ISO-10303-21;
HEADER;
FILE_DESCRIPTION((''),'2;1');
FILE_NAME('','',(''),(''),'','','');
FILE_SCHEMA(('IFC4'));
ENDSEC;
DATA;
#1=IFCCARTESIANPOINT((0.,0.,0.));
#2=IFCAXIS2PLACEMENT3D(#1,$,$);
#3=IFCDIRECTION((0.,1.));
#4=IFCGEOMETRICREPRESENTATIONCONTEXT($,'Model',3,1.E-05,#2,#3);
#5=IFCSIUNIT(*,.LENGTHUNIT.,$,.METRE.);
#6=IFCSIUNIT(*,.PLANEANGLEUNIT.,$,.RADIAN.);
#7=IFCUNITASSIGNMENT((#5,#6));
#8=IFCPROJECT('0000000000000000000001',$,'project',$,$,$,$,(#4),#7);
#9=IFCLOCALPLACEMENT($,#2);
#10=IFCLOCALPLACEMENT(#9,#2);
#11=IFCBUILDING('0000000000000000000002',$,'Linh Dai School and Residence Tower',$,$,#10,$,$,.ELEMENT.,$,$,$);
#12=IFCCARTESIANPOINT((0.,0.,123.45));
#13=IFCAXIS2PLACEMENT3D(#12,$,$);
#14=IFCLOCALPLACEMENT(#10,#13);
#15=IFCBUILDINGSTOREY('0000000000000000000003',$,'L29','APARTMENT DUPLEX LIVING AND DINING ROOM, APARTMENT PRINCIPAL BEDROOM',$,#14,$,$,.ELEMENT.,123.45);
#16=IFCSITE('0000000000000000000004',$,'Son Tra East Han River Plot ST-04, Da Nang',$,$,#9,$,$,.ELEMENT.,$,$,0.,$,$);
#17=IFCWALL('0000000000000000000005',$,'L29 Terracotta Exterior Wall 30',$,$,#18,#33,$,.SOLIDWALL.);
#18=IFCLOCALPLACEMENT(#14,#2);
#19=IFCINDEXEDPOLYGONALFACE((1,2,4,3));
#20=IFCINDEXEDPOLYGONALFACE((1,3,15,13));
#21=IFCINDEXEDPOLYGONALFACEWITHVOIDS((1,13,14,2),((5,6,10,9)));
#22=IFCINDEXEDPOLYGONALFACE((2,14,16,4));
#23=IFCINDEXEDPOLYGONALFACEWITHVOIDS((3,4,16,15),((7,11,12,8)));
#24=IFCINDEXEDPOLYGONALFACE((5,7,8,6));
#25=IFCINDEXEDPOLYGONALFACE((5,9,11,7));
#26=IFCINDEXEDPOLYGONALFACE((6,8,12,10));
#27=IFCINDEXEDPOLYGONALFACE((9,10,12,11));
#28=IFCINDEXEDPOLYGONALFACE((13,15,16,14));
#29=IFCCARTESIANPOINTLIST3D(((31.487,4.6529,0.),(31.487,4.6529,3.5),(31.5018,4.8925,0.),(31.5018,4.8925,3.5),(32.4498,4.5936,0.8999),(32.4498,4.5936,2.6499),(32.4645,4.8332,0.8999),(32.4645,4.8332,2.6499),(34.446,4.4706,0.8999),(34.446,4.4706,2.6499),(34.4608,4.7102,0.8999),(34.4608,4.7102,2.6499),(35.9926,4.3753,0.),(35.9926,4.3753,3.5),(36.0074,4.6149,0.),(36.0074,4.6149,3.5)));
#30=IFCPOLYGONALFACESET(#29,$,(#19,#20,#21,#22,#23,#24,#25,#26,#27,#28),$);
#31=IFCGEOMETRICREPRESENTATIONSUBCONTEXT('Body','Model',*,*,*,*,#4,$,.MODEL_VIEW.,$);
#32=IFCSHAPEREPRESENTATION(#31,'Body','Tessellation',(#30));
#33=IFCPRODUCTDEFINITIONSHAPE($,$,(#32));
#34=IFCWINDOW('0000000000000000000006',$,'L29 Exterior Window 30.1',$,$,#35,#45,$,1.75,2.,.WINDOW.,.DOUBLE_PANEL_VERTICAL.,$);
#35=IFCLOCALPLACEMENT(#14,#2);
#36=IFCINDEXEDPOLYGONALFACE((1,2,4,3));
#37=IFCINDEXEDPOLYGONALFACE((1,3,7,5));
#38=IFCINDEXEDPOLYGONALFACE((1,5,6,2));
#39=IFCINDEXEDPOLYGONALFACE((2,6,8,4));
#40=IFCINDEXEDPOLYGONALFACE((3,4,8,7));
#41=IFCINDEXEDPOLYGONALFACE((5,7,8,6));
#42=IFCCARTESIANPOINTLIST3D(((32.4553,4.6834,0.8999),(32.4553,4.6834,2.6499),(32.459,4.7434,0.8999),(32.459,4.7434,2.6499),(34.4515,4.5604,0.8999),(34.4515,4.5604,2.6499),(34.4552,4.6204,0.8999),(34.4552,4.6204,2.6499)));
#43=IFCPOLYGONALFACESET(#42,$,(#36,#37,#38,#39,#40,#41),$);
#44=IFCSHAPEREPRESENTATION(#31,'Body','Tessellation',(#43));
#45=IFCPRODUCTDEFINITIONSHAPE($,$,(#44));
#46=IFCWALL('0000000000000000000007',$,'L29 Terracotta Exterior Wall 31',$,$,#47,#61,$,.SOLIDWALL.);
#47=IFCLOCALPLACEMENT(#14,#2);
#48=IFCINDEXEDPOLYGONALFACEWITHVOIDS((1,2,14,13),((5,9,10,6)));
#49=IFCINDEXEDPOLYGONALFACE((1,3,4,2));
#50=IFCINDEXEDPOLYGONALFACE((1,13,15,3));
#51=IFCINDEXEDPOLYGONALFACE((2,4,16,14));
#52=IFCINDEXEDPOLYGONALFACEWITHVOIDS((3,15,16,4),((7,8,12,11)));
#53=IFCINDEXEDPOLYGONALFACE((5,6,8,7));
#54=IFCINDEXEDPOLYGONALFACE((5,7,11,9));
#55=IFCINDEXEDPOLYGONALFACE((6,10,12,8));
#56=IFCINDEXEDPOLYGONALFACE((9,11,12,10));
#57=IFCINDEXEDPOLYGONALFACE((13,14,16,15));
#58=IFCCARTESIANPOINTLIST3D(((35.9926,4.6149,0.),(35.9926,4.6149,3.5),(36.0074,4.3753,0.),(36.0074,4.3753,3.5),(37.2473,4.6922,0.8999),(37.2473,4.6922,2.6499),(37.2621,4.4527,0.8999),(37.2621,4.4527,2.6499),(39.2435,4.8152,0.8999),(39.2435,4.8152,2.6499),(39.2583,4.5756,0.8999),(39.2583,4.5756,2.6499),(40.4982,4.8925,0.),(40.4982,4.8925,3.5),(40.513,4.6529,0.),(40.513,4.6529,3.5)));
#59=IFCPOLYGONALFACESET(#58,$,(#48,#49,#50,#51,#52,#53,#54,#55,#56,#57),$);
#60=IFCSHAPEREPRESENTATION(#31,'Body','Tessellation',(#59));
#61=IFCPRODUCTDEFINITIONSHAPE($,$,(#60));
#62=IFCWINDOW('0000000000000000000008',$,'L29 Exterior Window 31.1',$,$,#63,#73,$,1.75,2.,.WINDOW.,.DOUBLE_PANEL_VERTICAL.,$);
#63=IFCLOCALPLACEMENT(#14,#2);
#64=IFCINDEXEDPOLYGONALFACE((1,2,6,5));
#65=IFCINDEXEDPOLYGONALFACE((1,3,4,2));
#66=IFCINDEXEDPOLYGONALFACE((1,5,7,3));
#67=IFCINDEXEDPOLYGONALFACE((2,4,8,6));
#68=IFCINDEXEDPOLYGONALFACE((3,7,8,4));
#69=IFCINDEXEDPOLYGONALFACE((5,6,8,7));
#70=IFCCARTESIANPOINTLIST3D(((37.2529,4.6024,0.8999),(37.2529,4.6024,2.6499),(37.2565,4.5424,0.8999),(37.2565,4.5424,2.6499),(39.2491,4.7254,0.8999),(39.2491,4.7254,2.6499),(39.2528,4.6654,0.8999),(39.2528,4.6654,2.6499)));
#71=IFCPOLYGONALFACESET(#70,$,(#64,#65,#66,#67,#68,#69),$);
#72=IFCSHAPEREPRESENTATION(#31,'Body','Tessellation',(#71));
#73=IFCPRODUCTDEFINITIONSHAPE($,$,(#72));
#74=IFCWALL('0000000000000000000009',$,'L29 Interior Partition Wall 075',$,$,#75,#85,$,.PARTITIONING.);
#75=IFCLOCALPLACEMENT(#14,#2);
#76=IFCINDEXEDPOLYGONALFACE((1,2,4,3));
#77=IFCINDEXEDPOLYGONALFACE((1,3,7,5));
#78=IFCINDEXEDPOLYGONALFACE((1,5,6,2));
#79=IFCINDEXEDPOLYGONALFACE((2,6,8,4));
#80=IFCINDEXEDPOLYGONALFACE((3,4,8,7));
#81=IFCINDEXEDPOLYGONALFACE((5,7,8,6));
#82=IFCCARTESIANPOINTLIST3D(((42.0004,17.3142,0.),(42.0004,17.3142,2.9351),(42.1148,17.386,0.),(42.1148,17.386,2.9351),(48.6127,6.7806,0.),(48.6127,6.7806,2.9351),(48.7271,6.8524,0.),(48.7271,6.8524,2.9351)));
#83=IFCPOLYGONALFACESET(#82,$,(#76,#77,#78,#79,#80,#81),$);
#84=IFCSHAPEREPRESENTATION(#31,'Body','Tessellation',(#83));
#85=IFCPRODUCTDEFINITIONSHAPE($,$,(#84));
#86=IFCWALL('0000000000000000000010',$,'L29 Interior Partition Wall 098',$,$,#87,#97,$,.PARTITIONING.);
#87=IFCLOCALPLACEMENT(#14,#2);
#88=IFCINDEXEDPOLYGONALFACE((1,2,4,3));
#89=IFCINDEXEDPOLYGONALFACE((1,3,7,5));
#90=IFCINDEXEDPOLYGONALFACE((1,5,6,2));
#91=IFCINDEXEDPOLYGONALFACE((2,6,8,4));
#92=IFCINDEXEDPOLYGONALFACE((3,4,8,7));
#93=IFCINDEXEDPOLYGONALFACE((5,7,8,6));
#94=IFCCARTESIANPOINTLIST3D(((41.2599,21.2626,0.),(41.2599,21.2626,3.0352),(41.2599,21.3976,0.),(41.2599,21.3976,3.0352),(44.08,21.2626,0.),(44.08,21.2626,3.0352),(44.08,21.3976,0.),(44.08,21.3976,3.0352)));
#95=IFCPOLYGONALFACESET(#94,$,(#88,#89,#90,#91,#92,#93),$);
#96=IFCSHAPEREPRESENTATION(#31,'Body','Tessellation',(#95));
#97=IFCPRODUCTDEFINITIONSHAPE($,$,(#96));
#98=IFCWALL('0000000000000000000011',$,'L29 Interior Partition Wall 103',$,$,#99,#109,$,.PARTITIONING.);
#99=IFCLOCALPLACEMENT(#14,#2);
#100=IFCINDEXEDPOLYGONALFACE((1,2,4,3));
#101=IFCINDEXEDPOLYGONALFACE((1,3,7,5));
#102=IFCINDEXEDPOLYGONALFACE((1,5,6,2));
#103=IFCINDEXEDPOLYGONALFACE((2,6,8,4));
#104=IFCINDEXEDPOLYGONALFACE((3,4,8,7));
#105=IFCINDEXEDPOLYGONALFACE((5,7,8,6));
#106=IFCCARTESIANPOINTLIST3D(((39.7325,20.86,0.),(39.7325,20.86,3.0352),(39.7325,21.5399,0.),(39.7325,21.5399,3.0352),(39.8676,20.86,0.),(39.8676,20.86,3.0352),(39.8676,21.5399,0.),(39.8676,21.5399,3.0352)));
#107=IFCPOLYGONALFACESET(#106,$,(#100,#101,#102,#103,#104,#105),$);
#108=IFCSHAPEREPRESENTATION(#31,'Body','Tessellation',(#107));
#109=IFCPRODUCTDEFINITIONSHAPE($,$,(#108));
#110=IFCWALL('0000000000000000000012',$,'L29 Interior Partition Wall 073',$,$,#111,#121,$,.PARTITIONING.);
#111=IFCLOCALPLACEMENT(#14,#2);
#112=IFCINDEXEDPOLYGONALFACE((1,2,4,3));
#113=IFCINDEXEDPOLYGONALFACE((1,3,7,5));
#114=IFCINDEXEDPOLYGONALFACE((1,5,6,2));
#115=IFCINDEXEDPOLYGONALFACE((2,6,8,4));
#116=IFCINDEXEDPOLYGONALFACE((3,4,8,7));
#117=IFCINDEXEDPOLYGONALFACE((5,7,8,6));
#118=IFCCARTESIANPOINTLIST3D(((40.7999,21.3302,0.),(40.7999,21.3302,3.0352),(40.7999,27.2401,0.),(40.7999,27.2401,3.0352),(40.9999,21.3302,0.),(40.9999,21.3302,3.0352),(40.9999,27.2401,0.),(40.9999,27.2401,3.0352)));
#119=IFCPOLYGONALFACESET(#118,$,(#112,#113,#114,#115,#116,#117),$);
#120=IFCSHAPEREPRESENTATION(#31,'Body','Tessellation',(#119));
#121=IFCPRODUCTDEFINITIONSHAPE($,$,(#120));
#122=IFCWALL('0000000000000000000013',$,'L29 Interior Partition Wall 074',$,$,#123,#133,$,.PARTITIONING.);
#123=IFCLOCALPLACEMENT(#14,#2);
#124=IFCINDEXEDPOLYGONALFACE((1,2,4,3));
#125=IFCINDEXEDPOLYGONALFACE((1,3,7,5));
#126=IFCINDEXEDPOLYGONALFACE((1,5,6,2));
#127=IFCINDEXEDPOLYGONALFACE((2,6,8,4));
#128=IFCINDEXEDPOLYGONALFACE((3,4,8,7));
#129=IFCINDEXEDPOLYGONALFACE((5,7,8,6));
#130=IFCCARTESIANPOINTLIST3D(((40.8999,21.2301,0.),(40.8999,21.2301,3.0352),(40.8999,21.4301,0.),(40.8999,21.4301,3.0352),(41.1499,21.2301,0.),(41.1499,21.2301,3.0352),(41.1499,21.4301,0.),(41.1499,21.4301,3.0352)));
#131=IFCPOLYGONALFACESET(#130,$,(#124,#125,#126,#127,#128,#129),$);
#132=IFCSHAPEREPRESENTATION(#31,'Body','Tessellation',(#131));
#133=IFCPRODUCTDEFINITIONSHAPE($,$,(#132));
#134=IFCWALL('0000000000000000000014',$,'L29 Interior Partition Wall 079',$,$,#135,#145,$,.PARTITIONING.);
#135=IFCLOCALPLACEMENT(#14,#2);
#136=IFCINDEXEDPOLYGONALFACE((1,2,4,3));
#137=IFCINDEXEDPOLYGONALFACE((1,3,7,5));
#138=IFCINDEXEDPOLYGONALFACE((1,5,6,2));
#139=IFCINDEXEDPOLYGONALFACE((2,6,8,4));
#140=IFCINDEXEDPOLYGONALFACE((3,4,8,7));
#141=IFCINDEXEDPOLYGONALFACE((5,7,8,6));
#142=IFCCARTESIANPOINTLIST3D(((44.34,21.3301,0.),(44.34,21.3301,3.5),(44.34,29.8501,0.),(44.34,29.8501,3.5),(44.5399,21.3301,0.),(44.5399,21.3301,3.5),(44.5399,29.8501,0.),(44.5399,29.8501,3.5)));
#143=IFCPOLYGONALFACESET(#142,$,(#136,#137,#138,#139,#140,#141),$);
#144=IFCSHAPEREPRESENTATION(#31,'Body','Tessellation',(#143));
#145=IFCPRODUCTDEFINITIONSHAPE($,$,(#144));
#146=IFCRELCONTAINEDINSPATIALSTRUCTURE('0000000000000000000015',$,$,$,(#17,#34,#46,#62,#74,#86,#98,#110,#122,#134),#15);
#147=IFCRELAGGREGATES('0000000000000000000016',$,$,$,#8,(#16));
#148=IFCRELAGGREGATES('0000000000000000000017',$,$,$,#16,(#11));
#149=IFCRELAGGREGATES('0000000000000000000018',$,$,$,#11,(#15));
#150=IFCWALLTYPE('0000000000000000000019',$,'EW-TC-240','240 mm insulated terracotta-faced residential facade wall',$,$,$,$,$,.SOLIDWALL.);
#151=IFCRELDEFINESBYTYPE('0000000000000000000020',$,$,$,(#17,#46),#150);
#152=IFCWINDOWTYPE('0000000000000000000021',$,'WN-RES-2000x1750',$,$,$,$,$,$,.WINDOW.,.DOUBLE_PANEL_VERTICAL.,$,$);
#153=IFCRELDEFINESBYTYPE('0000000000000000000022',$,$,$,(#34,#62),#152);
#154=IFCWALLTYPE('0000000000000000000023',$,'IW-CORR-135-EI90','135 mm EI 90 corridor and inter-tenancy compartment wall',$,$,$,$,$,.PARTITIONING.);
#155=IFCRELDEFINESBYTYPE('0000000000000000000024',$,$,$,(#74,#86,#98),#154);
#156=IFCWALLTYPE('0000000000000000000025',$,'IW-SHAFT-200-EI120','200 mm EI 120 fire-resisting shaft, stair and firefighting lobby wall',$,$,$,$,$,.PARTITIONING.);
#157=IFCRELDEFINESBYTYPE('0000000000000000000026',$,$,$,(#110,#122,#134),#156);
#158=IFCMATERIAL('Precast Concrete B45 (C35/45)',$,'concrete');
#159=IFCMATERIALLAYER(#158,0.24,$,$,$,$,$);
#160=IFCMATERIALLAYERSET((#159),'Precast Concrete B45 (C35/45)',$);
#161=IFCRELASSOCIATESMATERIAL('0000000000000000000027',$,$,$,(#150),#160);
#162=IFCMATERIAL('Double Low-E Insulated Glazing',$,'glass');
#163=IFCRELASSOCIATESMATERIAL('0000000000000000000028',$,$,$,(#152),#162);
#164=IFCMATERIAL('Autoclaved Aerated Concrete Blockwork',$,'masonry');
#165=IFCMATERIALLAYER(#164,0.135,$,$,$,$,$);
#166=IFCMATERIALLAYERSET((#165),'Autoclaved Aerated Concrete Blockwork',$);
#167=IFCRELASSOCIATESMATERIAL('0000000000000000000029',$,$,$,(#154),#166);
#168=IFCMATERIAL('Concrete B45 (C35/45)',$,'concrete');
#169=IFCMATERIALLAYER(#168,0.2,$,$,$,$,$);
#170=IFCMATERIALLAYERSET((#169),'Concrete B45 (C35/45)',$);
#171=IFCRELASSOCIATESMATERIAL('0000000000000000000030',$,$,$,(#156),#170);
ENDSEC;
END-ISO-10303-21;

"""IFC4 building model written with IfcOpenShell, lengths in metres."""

from ifc_helpers import new_model, si_unit, direction, frame, frame_2d, origin, origin_2d, place, context, subcontext, project, spatial, rectangle, extrude, source, transform, mapped, material, layer, layer_set, type_object, element, fill, save


model = new_model("IFC4")

# Units and contexts
model_context = context("Model", 3, precision=1e-05, world=origin(), true_north=direction((0.0, 1.0)))
body_context = subcontext(model_context, "Body", "Model", "MODEL_VIEW")
ifc_project = project(units=[si_unit("LENGTHUNIT", "METRE"), si_unit("PLANEANGLEUNIT", "RADIAN")], contexts=[model_context])

# Site, building, storey
site_placement = place(None, origin())
site = spatial("IfcSite", under=ifc_project, at=site_placement, Name="Son Tra East Han River Plot ST-04, Da Nang", CompositionType="ELEMENT", RefElevation=0.0)
building_placement = place(site_placement, origin())
building = spatial("IfcBuilding", under=site, at=building_placement, Name="Linh Dai School and Residence Tower", CompositionType="ELEMENT")
storey_placement = place(building_placement, frame((0.0, 0.0, 123.45)))
storey = spatial("IfcBuildingStorey", under=building, at=storey_placement, Name="L29", Description="APARTMENT DUPLEX LIVING AND DINING ROOM, APARTMENT PRINCIPAL BEDROOM", CompositionType="ELEMENT", Elevation=123.45)

# Walls, openings, windows
ifc_material_1 = material(Name="Precast Concrete B45 (C35/45)", Category="concrete")
ifc_layer_1 = layer(ifc_material_1, 0.24)
ifc_layer_set_1 = layer_set([ifc_layer_1], Name="Precast Concrete B45 (C35/45)")
wall_type_1 = type_object("IfcWallType", Name="EW-TC-240", Description="240 mm insulated terracotta-faced residential facade wall", PredefinedType="SOLIDWALL", material=ifc_layer_set_1)
wall_1_placement = place(storey_placement, frame((36.0, 4.4951, 0.0), z_axis=(0.0, 0.0, 1.0), x_axis=(-0.998108, 0.061493, 0.0)))
wall_1 = element("IfcWall", 1, at=wall_1_placement, inside=storey, type_object=wall_type_1, Name="L29 Terracotta Exterior Wall 30", PredefinedType="SOLIDWALL", context=body_context, shape_type="SweptSolid", body=[
    extrude(rectangle(XDim=4.5142, YDim=0.24, at=frame_2d((2.2571, 0.0))), origin(), (0.0, 0.0, 1.0), 3.5),
])
opening_1_placement = place(wall_1_placement, frame((1.5496, 0.0, 0.8999)))
opening_1 = element("IfcOpeningElement", 2, at=opening_1_placement, cuts=wall_1, PredefinedType="OPENING", context=body_context, shape_type="SweptSolid", body=[
    extrude(rectangle(XDim=2.0, YDim=1.75, at=origin_2d()), frame((1.0, 0.1299, 0.875), z_axis=(0.0, -1.0, 0.0), x_axis=(1.0, 0.0, 0.0)), (0.0, 0.0, 1.0), 0.26),
])
ifc_material_2 = material(Name="Double Low-E Insulated Glazing", Category="glass")
window_type = type_object("IfcWindowType", Name="WN-RES-2000x1750", PartitioningType="DOUBLE_PANEL_VERTICAL", PredefinedType="WINDOW", material=ifc_material_2)
shared_shape_1 = source(origin(), body_context, "Body", "SweptSolid", [
    extrude(rectangle(XDim=2.0, YDim=1.75, at=origin_2d()), frame((1.0, 0.03, 0.875), z_axis=(0.0, -1.0, 0.0), x_axis=(1.0, 0.0, 0.0)), (0.0, 0.0, 1.0), 0.0601),
])
window_1_placement = place(opening_1_placement, origin())
window_1 = element("IfcWindow", 3, at=window_1_placement, inside=storey, type_object=window_type, Name="L29 Exterior Window 30.1", OverallHeight=1.75, OverallWidth=2.0, PartitioningType="DOUBLE_PANEL_VERTICAL", PredefinedType="WINDOW", context=body_context, shape_type="MappedRepresentation", body=[
    mapped(shared_shape_1, transform((0.0, 0.0, 0.0), x_axis=(1.0, 0.0, 0.0), y_axis=(0.0, 1.0, 0.0), z_axis=(0.0, 0.0, 1.0), scale=1.0)),
])
fill(opening_1, window_1)
wall_2_placement = place(storey_placement, frame((40.5056, 4.7727, 0.0), z_axis=(0.0, 0.0, 1.0), x_axis=(-0.998108, -0.061493, 0.0)))
wall_2 = element("IfcWall", 4, at=wall_2_placement, inside=storey, type_object=wall_type_1, Name="L29 Terracotta Exterior Wall 31", PredefinedType="SOLIDWALL", context=body_context, shape_type="SweptSolid", body=[
    extrude(rectangle(XDim=4.5142, YDim=0.24, at=frame_2d((2.2571, 0.0))), origin(), (0.0, 0.0, 1.0), 3.5),
])
opening_2_placement = place(wall_2_placement, frame((1.2571, 0.0, 0.8999)))
opening_2 = element("IfcOpeningElement", 5, at=opening_2_placement, cuts=wall_2, PredefinedType="OPENING", context=body_context, shape_type="SweptSolid", body=[
    extrude(rectangle(XDim=2.0, YDim=1.75, at=origin_2d()), frame((1.0, 0.1299, 0.875), z_axis=(0.0, -1.0, 0.0), x_axis=(1.0, 0.0, 0.0)), (0.0, 0.0, 1.0), 0.26),
])
window_2_placement = place(opening_2_placement, origin())
window_2 = element("IfcWindow", 6, at=window_2_placement, inside=storey, type_object=window_type, Name="L29 Exterior Window 31.1", OverallHeight=1.75, OverallWidth=2.0, PartitioningType="DOUBLE_PANEL_VERTICAL", PredefinedType="WINDOW", context=body_context, shape_type="MappedRepresentation", body=[
    mapped(shared_shape_1, transform((0.0, 0.0, 0.0), x_axis=(1.0, 0.0, 0.0), y_axis=(0.0, 1.0, 0.0), z_axis=(0.0, 0.0, 1.0), scale=1.0)),
])
fill(opening_2, window_2)

# Walls
ifc_material_3 = material(Name="Autoclaved Aerated Concrete Blockwork", Category="masonry")
ifc_layer_2 = layer(ifc_material_3, 0.135)
ifc_layer_set_2 = layer_set([ifc_layer_2], Name="Autoclaved Aerated Concrete Blockwork")
wall_type_2 = type_object("IfcWallType", Name="IW-CORR-135-EI90", Description="135 mm EI 90 corridor and inter-tenancy compartment wall", PredefinedType="PARTITIONING", material=ifc_layer_set_2)
wall_3_placement = place(storey_placement, frame((42.0576, 17.3501, 0.0), z_axis=(0.0, 0.0, 1.0), x_axis=(0.53166, -0.846958, 0.0)))
element("IfcWall", 7, at=wall_3_placement, inside=storey, type_object=wall_type_2, Name="L29 Interior Partition Wall 075", PredefinedType="PARTITIONING", context=body_context, shape_type="SweptSolid", body=[
    extrude(rectangle(XDim=12.437, YDim=0.135, at=frame_2d((6.2185, 0.0))), origin(), (0.0, 0.0, 1.0), 2.9351),
])
wall_4_placement = place(storey_placement, frame((44.0801, 21.3301, 0.0), z_axis=(0.0, 0.0, 1.0), x_axis=(-1.0, 0.0, 0.0)))
element("IfcWall", 8, at=wall_4_placement, inside=storey, type_object=wall_type_2, Name="L29 Interior Partition Wall 098", PredefinedType="PARTITIONING", context=body_context, shape_type="SweptSolid", body=[
    extrude(rectangle(XDim=2.8201, YDim=0.135, at=frame_2d((1.4102, 0.0))), origin(), (0.0, 0.0, 1.0), 3.0352),
])
wall_5_placement = place(storey_placement, frame((39.8, 20.8601, 0.0), z_axis=(0.0, 0.0, 1.0), x_axis=(0.0, 1.0, 0.0)))
element("IfcWall", 9, at=wall_5_placement, inside=storey, type_object=wall_type_2, Name="L29 Interior Partition Wall 103", PredefinedType="PARTITIONING", context=body_context, shape_type="SweptSolid", body=[
    extrude(rectangle(XDim=0.6799, YDim=0.135, at=frame_2d((0.3398, 0.0))), origin(), (0.0, 0.0, 1.0), 3.0352),
])
ifc_material_4 = material(Name="Concrete B45 (C35/45)", Category="concrete")
ifc_layer_3 = layer(ifc_material_4, 0.2)
ifc_layer_set_3 = layer_set([ifc_layer_3], Name="Concrete B45 (C35/45)")
wall_type_3 = type_object("IfcWallType", Name="IW-SHAFT-200-EI120", Description="200 mm EI 120 fire-resisting shaft, stair and firefighting lobby wall", PredefinedType="PARTITIONING", material=ifc_layer_set_3)
wall_6_placement = place(storey_placement, frame((40.8999, 21.3301, 0.0), z_axis=(0.0, 0.0, 1.0), x_axis=(0.0, 1.0, 0.0)))
element("IfcWall", 10, at=wall_6_placement, inside=storey, type_object=wall_type_3, Name="L29 Interior Partition Wall 073", PredefinedType="PARTITIONING", context=body_context, shape_type="SweptSolid", body=[
    extrude(rectangle(XDim=5.9099, YDim=0.2, at=frame_2d((2.9551, 0.0))), origin(), (0.0, 0.0, 1.0), 3.0352),
])
wall_7_placement = place(storey_placement, frame((40.8999, 21.3301, 0.0), z_axis=(0.0, 0.0, 1.0), x_axis=(1.0, 0.0, 0.0)))
element("IfcWall", 11, at=wall_7_placement, inside=storey, type_object=wall_type_3, Name="L29 Interior Partition Wall 074", PredefinedType="PARTITIONING", context=body_context, shape_type="SweptSolid", body=[
    extrude(rectangle(XDim=0.25, YDim=0.2, at=frame_2d((0.125, 0.0))), origin(), (0.0, 0.0, 1.0), 3.0352),
])
wall_8_placement = place(storey_placement, frame((44.4399, 21.3301, 0.0), z_axis=(0.0, 0.0, 1.0), x_axis=(0.0, 1.0, 0.0)))
element("IfcWall", 12, at=wall_8_placement, inside=storey, type_object=wall_type_3, Name="L29 Interior Partition Wall 079", PredefinedType="PARTITIONING", context=body_context, shape_type="SweptSolid", body=[
    extrude(rectangle(XDim=8.52, YDim=0.2, at=frame_2d((4.26, 0.0))), origin(), (0.0, 0.0, 1.0), 3.5),
])

save(model, "model.ifc")
